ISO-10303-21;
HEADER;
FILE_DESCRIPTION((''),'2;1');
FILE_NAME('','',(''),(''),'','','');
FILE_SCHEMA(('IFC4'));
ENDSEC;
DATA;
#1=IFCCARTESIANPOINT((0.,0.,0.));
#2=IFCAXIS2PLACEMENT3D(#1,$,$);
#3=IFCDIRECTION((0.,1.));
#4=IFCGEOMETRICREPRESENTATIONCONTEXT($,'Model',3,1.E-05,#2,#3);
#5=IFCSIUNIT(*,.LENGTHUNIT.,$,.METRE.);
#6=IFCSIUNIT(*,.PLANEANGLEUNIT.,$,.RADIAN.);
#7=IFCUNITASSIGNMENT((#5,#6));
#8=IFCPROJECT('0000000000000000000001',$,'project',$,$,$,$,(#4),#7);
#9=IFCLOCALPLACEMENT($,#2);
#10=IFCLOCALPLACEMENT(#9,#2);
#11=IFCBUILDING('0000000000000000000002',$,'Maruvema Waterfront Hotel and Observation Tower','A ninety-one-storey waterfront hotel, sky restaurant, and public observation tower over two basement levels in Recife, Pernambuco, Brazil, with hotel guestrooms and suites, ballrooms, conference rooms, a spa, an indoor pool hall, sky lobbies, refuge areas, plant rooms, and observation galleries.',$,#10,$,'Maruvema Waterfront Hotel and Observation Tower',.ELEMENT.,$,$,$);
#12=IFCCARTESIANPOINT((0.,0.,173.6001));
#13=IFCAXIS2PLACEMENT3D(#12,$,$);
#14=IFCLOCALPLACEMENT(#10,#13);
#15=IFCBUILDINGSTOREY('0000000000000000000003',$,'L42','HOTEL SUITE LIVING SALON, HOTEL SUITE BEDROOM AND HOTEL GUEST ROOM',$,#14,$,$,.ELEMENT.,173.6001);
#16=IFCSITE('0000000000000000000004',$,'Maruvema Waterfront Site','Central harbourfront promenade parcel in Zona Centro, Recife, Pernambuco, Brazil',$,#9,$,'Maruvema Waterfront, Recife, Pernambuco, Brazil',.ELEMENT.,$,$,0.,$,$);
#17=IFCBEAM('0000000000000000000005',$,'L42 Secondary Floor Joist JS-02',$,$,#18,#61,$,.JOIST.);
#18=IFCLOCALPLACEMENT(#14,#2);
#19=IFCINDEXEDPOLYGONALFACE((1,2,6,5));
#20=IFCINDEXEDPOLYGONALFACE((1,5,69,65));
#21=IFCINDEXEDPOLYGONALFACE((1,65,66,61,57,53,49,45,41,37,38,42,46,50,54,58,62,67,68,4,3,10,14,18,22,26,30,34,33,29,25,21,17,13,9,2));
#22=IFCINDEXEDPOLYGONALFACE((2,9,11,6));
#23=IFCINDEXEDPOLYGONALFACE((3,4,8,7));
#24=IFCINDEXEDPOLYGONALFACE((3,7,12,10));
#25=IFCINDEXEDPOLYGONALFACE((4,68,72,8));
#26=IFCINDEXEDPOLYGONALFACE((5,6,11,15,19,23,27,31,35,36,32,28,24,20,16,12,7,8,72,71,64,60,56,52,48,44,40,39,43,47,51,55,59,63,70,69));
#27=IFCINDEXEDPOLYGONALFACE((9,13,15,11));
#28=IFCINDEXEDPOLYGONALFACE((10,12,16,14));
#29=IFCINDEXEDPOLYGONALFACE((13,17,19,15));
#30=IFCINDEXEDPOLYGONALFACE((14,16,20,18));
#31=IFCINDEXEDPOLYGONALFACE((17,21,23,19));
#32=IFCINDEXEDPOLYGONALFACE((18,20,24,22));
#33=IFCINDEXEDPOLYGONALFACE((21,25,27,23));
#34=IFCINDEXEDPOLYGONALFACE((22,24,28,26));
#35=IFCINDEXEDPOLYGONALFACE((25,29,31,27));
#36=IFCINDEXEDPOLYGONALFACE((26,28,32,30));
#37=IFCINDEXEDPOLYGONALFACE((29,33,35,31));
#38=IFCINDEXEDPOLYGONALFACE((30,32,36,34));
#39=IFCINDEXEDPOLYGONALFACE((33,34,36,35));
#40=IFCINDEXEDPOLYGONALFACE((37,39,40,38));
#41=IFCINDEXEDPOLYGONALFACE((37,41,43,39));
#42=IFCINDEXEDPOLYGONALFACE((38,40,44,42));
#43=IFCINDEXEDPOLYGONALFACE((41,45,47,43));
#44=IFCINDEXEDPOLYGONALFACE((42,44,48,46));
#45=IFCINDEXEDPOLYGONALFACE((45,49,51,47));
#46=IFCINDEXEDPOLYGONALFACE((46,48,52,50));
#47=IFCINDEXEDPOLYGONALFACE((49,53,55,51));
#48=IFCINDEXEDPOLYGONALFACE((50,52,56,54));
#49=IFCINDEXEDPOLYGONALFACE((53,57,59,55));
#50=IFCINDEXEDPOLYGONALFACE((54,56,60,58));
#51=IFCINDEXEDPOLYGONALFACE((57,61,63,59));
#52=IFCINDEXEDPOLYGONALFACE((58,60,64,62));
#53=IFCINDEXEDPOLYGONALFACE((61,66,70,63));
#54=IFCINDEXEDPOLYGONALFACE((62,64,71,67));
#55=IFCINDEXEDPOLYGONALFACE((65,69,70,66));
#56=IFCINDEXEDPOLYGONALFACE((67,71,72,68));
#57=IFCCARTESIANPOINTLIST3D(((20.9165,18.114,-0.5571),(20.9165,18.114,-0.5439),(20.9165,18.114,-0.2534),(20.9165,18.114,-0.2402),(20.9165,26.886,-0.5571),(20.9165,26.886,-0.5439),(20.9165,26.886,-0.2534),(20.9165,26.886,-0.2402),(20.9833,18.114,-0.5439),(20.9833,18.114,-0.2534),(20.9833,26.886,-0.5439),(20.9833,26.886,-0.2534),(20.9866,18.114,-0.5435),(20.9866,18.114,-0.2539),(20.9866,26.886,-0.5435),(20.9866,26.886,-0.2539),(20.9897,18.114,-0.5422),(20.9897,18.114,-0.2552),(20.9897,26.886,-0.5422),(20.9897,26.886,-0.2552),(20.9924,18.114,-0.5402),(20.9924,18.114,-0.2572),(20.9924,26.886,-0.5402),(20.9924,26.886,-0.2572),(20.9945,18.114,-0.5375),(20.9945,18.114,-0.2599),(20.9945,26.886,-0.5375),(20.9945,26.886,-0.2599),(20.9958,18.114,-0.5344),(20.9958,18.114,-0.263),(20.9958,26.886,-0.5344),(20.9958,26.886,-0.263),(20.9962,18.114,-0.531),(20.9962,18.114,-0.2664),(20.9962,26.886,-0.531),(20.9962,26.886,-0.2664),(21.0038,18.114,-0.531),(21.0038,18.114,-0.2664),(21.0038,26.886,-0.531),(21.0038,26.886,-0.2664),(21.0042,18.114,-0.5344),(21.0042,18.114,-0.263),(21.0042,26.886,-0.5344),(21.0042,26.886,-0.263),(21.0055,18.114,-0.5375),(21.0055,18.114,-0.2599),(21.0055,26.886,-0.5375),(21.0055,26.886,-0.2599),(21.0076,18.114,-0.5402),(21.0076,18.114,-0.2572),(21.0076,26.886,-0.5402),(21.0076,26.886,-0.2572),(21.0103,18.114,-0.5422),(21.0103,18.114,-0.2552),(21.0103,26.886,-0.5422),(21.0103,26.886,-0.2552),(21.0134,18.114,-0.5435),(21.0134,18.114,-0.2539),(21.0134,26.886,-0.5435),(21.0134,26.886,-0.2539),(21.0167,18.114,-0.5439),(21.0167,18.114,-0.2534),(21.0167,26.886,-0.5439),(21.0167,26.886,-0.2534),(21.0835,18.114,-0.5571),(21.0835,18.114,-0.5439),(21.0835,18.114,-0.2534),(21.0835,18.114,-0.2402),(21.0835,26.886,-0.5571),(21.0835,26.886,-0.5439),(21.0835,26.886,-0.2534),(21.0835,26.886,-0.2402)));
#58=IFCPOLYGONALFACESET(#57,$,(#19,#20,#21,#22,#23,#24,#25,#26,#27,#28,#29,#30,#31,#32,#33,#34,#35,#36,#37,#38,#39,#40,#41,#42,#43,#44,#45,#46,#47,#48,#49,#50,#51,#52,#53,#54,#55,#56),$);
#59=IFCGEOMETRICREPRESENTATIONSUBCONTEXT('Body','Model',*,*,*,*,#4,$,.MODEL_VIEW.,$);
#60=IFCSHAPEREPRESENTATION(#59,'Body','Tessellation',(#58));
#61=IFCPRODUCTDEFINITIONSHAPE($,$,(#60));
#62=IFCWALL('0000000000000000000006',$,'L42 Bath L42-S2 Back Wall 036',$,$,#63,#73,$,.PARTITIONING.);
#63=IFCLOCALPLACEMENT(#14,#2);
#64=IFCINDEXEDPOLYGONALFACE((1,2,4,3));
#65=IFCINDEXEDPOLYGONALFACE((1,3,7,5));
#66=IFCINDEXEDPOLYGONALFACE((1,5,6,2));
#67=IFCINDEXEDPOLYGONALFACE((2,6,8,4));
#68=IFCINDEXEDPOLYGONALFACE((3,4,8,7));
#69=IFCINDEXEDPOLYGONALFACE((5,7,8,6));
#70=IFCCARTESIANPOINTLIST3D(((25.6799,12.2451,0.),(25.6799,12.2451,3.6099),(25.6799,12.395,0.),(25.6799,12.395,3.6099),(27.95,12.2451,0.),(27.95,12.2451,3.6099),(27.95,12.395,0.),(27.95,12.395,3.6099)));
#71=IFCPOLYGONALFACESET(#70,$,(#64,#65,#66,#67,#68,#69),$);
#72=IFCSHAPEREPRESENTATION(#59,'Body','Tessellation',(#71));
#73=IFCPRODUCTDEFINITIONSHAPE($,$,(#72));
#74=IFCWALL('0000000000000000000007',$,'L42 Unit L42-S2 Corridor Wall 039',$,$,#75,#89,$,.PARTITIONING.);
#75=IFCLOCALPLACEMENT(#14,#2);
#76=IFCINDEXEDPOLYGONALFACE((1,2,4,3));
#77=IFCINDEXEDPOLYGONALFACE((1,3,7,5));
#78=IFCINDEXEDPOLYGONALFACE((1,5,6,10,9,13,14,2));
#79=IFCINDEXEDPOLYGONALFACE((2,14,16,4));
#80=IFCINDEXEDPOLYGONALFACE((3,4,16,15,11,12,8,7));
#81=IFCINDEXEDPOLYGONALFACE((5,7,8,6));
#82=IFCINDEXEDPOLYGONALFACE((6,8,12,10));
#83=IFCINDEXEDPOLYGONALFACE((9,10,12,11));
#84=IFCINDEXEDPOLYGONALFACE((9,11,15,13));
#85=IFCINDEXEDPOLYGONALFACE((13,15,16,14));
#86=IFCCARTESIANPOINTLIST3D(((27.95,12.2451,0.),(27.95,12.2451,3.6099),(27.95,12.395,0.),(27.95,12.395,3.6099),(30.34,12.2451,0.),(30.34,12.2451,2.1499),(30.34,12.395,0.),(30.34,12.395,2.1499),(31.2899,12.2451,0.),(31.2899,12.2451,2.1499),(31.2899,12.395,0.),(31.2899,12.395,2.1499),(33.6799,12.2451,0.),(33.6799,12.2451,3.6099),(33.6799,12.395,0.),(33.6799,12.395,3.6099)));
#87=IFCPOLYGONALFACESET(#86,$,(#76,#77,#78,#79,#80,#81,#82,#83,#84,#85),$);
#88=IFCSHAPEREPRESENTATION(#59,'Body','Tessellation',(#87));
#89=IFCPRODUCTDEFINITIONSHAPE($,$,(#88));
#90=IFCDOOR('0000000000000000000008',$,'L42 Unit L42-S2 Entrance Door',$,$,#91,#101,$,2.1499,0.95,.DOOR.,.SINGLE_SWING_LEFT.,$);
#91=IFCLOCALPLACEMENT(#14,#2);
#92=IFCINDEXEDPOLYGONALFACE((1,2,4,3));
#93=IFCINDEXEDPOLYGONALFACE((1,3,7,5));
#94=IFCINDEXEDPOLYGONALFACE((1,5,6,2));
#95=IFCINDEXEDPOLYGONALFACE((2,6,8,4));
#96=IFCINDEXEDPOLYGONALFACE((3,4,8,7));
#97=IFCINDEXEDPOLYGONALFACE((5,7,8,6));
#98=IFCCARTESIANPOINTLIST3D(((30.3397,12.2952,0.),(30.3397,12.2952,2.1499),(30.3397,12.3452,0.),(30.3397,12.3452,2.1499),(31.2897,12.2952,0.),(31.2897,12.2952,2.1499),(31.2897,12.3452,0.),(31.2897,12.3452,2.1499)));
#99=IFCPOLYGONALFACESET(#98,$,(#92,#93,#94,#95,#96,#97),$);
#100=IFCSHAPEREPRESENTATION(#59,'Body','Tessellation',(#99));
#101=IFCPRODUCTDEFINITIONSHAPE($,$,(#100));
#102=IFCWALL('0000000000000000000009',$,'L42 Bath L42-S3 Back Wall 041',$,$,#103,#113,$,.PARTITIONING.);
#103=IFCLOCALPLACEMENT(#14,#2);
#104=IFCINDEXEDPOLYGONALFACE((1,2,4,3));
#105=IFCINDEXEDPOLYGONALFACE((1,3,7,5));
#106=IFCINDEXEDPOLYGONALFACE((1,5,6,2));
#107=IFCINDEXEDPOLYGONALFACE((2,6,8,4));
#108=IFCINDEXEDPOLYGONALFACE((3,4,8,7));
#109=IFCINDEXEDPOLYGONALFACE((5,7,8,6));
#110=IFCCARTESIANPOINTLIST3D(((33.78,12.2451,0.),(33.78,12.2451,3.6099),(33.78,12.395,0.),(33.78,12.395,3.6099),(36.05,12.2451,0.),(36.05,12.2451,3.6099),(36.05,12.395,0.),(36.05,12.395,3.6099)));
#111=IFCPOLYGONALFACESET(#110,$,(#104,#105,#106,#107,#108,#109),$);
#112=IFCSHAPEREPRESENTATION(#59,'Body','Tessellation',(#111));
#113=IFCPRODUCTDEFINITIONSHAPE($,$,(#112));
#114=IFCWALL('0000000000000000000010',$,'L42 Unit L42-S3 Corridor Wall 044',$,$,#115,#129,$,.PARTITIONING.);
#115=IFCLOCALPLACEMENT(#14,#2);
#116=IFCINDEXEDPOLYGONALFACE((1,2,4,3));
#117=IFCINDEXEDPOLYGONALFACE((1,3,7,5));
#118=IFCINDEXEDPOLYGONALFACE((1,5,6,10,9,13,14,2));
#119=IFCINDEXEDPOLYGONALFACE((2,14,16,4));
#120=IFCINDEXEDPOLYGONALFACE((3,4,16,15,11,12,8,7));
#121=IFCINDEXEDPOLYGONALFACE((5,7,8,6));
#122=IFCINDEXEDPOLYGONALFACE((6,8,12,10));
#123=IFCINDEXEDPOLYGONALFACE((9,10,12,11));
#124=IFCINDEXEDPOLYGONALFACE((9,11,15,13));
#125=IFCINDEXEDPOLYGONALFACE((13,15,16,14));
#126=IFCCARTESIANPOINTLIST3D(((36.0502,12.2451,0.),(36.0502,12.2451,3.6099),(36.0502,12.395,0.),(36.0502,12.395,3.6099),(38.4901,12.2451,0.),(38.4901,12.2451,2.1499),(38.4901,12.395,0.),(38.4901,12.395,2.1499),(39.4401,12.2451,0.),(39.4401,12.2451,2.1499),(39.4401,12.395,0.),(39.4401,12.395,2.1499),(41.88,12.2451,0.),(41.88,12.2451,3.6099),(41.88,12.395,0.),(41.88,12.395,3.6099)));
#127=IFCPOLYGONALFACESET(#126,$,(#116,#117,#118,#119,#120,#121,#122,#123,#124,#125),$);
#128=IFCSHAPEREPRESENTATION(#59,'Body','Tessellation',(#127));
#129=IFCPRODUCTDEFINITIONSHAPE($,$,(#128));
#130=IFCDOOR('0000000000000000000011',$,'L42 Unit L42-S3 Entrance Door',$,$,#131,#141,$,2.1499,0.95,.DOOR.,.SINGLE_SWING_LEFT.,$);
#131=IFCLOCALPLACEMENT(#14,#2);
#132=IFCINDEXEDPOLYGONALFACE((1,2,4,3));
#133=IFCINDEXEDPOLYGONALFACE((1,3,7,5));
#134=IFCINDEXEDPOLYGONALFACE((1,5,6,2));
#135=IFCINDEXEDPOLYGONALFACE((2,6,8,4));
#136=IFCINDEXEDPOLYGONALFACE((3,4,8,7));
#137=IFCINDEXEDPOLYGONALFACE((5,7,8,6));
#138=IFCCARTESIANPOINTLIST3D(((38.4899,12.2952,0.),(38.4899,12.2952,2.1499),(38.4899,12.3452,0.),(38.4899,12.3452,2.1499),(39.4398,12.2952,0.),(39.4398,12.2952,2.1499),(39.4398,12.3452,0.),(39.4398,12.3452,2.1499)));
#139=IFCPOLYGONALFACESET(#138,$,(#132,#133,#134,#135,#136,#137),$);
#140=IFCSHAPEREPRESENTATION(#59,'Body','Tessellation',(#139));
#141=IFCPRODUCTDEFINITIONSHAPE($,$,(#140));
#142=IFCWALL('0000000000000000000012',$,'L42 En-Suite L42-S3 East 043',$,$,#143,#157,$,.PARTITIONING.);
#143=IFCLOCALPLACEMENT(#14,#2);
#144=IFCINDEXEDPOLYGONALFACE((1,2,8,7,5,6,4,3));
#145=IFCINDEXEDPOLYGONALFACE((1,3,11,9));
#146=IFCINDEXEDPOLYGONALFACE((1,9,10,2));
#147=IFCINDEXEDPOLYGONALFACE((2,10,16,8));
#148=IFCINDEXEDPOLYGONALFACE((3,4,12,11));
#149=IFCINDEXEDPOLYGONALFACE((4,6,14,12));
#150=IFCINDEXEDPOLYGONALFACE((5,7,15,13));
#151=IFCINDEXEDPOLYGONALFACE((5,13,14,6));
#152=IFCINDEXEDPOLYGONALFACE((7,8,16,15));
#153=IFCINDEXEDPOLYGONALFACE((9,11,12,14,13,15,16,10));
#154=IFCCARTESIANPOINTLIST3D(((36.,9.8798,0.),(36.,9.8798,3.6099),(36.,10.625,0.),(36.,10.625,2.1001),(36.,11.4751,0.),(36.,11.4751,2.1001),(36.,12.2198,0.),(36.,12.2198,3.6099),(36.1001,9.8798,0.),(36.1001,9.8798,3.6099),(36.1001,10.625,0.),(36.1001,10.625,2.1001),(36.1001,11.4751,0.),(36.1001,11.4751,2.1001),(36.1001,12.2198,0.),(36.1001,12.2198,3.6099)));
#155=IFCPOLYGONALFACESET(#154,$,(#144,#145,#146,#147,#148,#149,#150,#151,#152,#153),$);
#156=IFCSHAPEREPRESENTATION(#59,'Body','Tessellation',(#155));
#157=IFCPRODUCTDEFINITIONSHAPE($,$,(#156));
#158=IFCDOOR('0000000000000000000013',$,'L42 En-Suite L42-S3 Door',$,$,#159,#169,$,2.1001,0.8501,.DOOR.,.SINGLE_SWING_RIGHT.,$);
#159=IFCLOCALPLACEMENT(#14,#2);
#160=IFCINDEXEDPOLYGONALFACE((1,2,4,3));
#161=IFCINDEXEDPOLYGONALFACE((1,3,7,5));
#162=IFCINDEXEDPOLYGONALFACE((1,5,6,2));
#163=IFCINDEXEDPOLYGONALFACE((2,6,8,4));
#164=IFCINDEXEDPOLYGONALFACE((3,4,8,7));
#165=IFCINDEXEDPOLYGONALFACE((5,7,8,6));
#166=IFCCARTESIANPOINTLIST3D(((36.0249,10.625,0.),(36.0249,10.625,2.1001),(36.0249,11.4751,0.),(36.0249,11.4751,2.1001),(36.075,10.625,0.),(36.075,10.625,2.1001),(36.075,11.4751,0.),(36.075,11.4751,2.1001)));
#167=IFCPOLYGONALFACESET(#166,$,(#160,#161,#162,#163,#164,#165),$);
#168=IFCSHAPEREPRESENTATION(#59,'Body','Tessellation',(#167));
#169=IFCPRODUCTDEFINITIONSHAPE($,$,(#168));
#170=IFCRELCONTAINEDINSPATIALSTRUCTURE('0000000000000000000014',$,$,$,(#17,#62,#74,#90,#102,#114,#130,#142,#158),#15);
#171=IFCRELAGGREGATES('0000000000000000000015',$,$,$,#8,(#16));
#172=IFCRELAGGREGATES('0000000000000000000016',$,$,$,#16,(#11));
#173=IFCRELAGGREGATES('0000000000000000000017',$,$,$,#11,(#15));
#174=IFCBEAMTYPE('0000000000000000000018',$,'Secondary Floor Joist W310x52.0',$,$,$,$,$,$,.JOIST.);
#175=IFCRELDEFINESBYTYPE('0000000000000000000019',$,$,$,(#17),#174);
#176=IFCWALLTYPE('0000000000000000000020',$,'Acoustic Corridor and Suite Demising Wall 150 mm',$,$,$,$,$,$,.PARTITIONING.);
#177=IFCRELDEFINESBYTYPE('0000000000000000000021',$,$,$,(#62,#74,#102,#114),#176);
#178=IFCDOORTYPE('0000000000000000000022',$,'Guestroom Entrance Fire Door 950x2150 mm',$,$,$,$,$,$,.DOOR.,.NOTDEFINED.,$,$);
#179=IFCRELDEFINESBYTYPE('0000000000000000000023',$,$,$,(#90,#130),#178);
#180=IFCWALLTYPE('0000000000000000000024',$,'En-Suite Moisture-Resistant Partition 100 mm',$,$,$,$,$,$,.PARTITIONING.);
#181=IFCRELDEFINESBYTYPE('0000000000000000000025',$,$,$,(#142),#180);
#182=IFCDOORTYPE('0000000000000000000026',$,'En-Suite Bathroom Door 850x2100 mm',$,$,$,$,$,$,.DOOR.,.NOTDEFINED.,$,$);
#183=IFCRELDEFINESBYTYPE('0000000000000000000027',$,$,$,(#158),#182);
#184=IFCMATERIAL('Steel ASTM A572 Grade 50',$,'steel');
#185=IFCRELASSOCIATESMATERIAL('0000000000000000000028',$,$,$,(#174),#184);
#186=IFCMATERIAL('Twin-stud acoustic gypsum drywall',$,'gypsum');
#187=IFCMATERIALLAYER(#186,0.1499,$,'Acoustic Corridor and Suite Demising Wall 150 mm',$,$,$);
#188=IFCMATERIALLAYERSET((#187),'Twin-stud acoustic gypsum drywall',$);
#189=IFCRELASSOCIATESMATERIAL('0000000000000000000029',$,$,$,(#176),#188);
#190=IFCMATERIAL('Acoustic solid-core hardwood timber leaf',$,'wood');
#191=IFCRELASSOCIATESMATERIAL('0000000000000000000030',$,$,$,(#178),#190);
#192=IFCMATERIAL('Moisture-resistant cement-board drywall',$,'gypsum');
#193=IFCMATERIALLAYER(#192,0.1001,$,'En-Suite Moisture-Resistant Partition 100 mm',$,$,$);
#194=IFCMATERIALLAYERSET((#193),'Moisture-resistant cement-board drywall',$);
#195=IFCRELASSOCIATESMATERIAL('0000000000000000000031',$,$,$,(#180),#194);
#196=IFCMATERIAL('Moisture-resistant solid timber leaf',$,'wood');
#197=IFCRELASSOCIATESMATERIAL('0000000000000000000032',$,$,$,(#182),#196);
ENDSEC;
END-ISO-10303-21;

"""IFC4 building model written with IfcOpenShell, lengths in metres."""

from ifc_helpers import new_model, si_unit, direction, frame, frame_2d, origin, origin_2d, place, context, subcontext, project, spatial, rectangle, i_section, extrude, material, layer, layer_set, material_profile, profile_set, type_object, element, fill, save


model = new_model("IFC4")

# Units and contexts
model_context = context("Model", 3, precision=1e-05, world=origin(), true_north=direction((0.0, 1.0)))
body_context = subcontext(model_context, "Body", "Model", "MODEL_VIEW")
ifc_project = project(units=[si_unit("LENGTHUNIT", "METRE"), si_unit("PLANEANGLEUNIT", "RADIAN")], contexts=[model_context])

# Site, building, storey
site_placement = place(None, origin())
site = spatial("IfcSite", under=ifc_project, at=site_placement, Name="Maruvema Waterfront Site", Description="Central harbourfront promenade parcel in Zona Centro, Recife, Pernambuco, Brazil", LongName="Maruvema Waterfront, Recife, Pernambuco, Brazil", CompositionType="ELEMENT", RefElevation=0.0)
building_placement = place(site_placement, origin())
building = spatial("IfcBuilding", under=site, at=building_placement, Name="Maruvema Waterfront Hotel and Observation Tower", Description="A ninety-one-storey waterfront hotel, sky restaurant, and public observation tower over two basement levels in Recife, Pernambuco, Brazil, with hotel guestrooms and suites, ballrooms, conference rooms, a spa, an indoor pool hall, sky lobbies, refuge areas, plant rooms, and observation galleries.", LongName="Maruvema Waterfront Hotel and Observation Tower", CompositionType="ELEMENT")
storey_placement = place(building_placement, frame((0.0, 0.0, 173.6001)))
storey = spatial("IfcBuildingStorey", under=building, at=storey_placement, Name="L42", Description="HOTEL SUITE LIVING SALON, HOTEL SUITE BEDROOM AND HOTEL GUEST ROOM", CompositionType="ELEMENT", Elevation=173.6001)

# Beam
ifc_material_1 = material(Name="Steel ASTM A572 Grade 50", Category="steel")
ifc_material_profile_1 = material_profile(ifc_material_1, i_section(OverallWidth=0.167, OverallDepth=0.3169, WebThickness=0.0076, FlangeThickness=0.0132, FilletRadius=0.0129, at=origin_2d()), Name="W310x52.0")
ifc_profile_set_1 = profile_set([ifc_material_profile_1], Name="Steel ASTM A572 Grade 50")
beam_type_1 = type_object("IfcBeamType", Name="Secondary Floor Joist W310x52.0", PredefinedType="JOIST", material=ifc_profile_set_1)
beam_1_placement = place(storey_placement, frame((21.0, 18.114, -0.3987), z_axis=(0.0, 1.0, 0.0), x_axis=(-1.0, 0.0, 0.0)))
element("IfcBeam", 1, at=beam_1_placement, inside=storey, type_object=beam_type_1, Name="L42 Secondary Floor Joist JS-02", PredefinedType="JOIST", context=body_context, shape_type="SweptSolid", body=[
    extrude(i_section(OverallWidth=0.167, OverallDepth=0.3169, WebThickness=0.0076, FlangeThickness=0.0132, FilletRadius=0.0129, at=origin_2d()), origin(), (0.0, 0.0, 1.0), 8.772),
])

# Wall
ifc_material_2 = material(Name="Twin-stud acoustic gypsum drywall", Category="gypsum")
ifc_layer_1 = layer(ifc_material_2, 0.1499, Name="Acoustic Corridor and Suite Demising Wall 150 mm")
ifc_layer_set_1 = layer_set([ifc_layer_1], Name="Twin-stud acoustic gypsum drywall")
wall_type_1 = type_object("IfcWallType", Name="Acoustic Corridor and Suite Demising Wall 150 mm", PredefinedType="PARTITIONING", material=ifc_layer_set_1)
wall_1_placement = place(storey_placement, frame((25.6799, 12.3201, 0.0), z_axis=(0.0, 0.0, 1.0), x_axis=(1.0, 0.0, 0.0)))
element("IfcWall", 2, at=wall_1_placement, inside=storey, type_object=wall_type_1, Name="L42 Bath L42-S2 Back Wall 036", PredefinedType="PARTITIONING", context=body_context, shape_type="SweptSolid", body=[
    extrude(rectangle(XDim=2.27, YDim=0.1499, at=frame_2d((1.135, 0.0))), origin(), (0.0, 0.0, 1.0), 3.6099),
])

# Wall, opening, door
wall_2_placement = place(storey_placement, frame((27.95, 12.3201, 0.0), z_axis=(0.0, 0.0, 1.0), x_axis=(1.0, 0.0, 0.0)))
wall_2 = element("IfcWall", 3, at=wall_2_placement, inside=storey, type_object=wall_type_1, Name="L42 Unit L42-S2 Corridor Wall 039", PredefinedType="PARTITIONING", context=body_context, shape_type="SweptSolid", body=[
    extrude(rectangle(XDim=5.73, YDim=0.1499, at=frame_2d((2.865, 0.0))), origin(), (0.0, 0.0, 1.0), 3.6099),
])
opening_1_placement = place(wall_2_placement, frame((2.3899, 0.0, 0.0)))
opening_1 = element("IfcOpeningElement", 4, at=opening_1_placement, cuts=wall_2, PredefinedType="OPENING", context=body_context, shape_type="SweptSolid", body=[
    extrude(rectangle(XDim=0.95, YDim=2.1499, at=frame_2d((0.4751, 1.075))), frame((0.0, 0.085, 0.0), z_axis=(0.0, -1.0, 0.0), x_axis=(1.0, 0.0, 0.0)), (0.0, 0.0, 1.0), 0.1699),
])
ifc_material_3 = material(Name="Acoustic solid-core hardwood timber leaf", Category="wood")
door_type_1 = type_object("IfcDoorType", Name="Guestroom Entrance Fire Door 950x2150 mm", OperationType="NOTDEFINED", PredefinedType="DOOR", material=ifc_material_3)
door_1_placement = place(opening_1_placement, frame((0.95, 0.0, 0.0), z_axis=(0.0, 0.0, 1.0), x_axis=(-1.0, 0.0, 0.0)))
door_1 = element("IfcDoor", 5, at=door_1_placement, inside=storey, type_object=door_type_1, Name="L42 Unit L42-S2 Entrance Door", OperationType="SINGLE_SWING_LEFT", OverallHeight=2.1499, OverallWidth=0.95, PredefinedType="DOOR", context=body_context, shape_type="SweptSolid", body=[
    extrude(rectangle(XDim=0.95, YDim=2.1499, at=frame_2d((0.4751, 1.075))), frame((0.0, 0.0249, 0.0), z_axis=(0.0, -1.0, 0.0), x_axis=(1.0, 0.0, 0.0)), (0.0, 0.0, 1.0), 0.05),
])
fill(opening_1, door_1)

# Wall
wall_3_placement = place(storey_placement, frame((33.78, 12.3201, 0.0), z_axis=(0.0, 0.0, 1.0), x_axis=(1.0, 0.0, 0.0)))
element("IfcWall", 6, at=wall_3_placement, inside=storey, type_object=wall_type_1, Name="L42 Bath L42-S3 Back Wall 041", PredefinedType="PARTITIONING", context=body_context, shape_type="SweptSolid", body=[
    extrude(rectangle(XDim=2.27, YDim=0.1499, at=frame_2d((1.135, 0.0))), origin(), (0.0, 0.0, 1.0), 3.6099),
])

# Walls, openings, doors
wall_4_placement = place(storey_placement, frame((36.05, 12.3201, 0.0), z_axis=(0.0, 0.0, 1.0), x_axis=(1.0, 0.0, 0.0)))
wall_4 = element("IfcWall", 7, at=wall_4_placement, inside=storey, type_object=wall_type_1, Name="L42 Unit L42-S3 Corridor Wall 044", PredefinedType="PARTITIONING", context=body_context, shape_type="SweptSolid", body=[
    extrude(rectangle(XDim=5.8298, YDim=0.1499, at=frame_2d((2.915, 0.0))), origin(), (0.0, 0.0, 1.0), 3.6099),
])
opening_2_placement = place(wall_4_placement, frame((2.4399, 0.0, 0.0)))
opening_2 = element("IfcOpeningElement", 8, at=opening_2_placement, cuts=wall_4, PredefinedType="OPENING", context=body_context, shape_type="SweptSolid", body=[
    extrude(rectangle(XDim=0.95, YDim=2.1499, at=frame_2d((0.4751, 1.075))), frame((0.0, 0.085, 0.0), z_axis=(0.0, -1.0, 0.0), x_axis=(1.0, 0.0, 0.0)), (0.0, 0.0, 1.0), 0.1699),
])
door_2_placement = place(opening_2_placement, frame((0.95, 0.0, 0.0), z_axis=(0.0, 0.0, 1.0), x_axis=(-1.0, 0.0, 0.0)))
door_2 = element("IfcDoor", 9, at=door_2_placement, inside=storey, type_object=door_type_1, Name="L42 Unit L42-S3 Entrance Door", OperationType="SINGLE_SWING_LEFT", OverallHeight=2.1499, OverallWidth=0.95, PredefinedType="DOOR", context=body_context, shape_type="SweptSolid", body=[
    extrude(rectangle(XDim=0.95, YDim=2.1499, at=frame_2d((0.4751, 1.075))), frame((0.0, 0.0249, 0.0), z_axis=(0.0, -1.0, 0.0), x_axis=(1.0, 0.0, 0.0)), (0.0, 0.0, 1.0), 0.05),
])
fill(opening_2, door_2)
ifc_material_4 = material(Name="Moisture-resistant cement-board drywall", Category="gypsum")
ifc_layer_2 = layer(ifc_material_4, 0.1001, Name="En-Suite Moisture-Resistant Partition 100 mm")
ifc_layer_set_2 = layer_set([ifc_layer_2], Name="Moisture-resistant cement-board drywall")
wall_type_2 = type_object("IfcWallType", Name="En-Suite Moisture-Resistant Partition 100 mm", PredefinedType="PARTITIONING", material=ifc_layer_set_2)
wall_5_placement = place(storey_placement, frame((36.05, 9.8799, 0.0), z_axis=(0.0, 0.0, 1.0), x_axis=(0.0, 1.0, 0.0)))
wall_5 = element("IfcWall", 10, at=wall_5_placement, inside=storey, type_object=wall_type_2, Name="L42 En-Suite L42-S3 East 043", PredefinedType="PARTITIONING", context=body_context, shape_type="SweptSolid", body=[
    extrude(rectangle(XDim=2.3401, YDim=0.1001, at=frame_2d((1.1699, 0.0))), origin(), (0.0, 0.0, 1.0), 3.6099),
])
opening_3_placement = place(wall_5_placement, frame((0.7451, 0.0, 0.0)))
opening_3 = element("IfcOpeningElement", 11, at=opening_3_placement, cuts=wall_5, PredefinedType="OPENING", context=body_context, shape_type="SweptSolid", body=[
    extrude(rectangle(XDim=0.8501, YDim=2.1001, at=frame_2d((0.425, 1.05))), frame((0.0, 0.0601, 0.0), z_axis=(0.0, -1.0, 0.0), x_axis=(1.0, 0.0, 0.0)), (0.0, 0.0, 1.0), 0.1201),
])
ifc_material_5 = material(Name="Moisture-resistant solid timber leaf", Category="wood")
door_type_2 = type_object("IfcDoorType", Name="En-Suite Bathroom Door 850x2100 mm", OperationType="NOTDEFINED", PredefinedType="DOOR", material=ifc_material_5)
door_3_placement = place(opening_3_placement, frame((0.8501, 0.0, 0.0), z_axis=(0.0, 0.0, 1.0), x_axis=(-1.0, 0.0, 0.0)))
door_3 = element("IfcDoor", 12, at=door_3_placement, inside=storey, type_object=door_type_2, Name="L42 En-Suite L42-S3 Door", OperationType="SINGLE_SWING_RIGHT", OverallHeight=2.1001, OverallWidth=0.8501, PredefinedType="DOOR", context=body_context, shape_type="SweptSolid", body=[
    extrude(rectangle(XDim=0.8501, YDim=2.1001, at=frame_2d((0.425, 1.05))), frame((0.0, 0.0249, 0.0), z_axis=(0.0, -1.0, 0.0), x_axis=(1.0, 0.0, 0.0)), (0.0, 0.0, 1.0), 0.05),
])
fill(opening_3, door_3)

save(model, "model.ifc")
